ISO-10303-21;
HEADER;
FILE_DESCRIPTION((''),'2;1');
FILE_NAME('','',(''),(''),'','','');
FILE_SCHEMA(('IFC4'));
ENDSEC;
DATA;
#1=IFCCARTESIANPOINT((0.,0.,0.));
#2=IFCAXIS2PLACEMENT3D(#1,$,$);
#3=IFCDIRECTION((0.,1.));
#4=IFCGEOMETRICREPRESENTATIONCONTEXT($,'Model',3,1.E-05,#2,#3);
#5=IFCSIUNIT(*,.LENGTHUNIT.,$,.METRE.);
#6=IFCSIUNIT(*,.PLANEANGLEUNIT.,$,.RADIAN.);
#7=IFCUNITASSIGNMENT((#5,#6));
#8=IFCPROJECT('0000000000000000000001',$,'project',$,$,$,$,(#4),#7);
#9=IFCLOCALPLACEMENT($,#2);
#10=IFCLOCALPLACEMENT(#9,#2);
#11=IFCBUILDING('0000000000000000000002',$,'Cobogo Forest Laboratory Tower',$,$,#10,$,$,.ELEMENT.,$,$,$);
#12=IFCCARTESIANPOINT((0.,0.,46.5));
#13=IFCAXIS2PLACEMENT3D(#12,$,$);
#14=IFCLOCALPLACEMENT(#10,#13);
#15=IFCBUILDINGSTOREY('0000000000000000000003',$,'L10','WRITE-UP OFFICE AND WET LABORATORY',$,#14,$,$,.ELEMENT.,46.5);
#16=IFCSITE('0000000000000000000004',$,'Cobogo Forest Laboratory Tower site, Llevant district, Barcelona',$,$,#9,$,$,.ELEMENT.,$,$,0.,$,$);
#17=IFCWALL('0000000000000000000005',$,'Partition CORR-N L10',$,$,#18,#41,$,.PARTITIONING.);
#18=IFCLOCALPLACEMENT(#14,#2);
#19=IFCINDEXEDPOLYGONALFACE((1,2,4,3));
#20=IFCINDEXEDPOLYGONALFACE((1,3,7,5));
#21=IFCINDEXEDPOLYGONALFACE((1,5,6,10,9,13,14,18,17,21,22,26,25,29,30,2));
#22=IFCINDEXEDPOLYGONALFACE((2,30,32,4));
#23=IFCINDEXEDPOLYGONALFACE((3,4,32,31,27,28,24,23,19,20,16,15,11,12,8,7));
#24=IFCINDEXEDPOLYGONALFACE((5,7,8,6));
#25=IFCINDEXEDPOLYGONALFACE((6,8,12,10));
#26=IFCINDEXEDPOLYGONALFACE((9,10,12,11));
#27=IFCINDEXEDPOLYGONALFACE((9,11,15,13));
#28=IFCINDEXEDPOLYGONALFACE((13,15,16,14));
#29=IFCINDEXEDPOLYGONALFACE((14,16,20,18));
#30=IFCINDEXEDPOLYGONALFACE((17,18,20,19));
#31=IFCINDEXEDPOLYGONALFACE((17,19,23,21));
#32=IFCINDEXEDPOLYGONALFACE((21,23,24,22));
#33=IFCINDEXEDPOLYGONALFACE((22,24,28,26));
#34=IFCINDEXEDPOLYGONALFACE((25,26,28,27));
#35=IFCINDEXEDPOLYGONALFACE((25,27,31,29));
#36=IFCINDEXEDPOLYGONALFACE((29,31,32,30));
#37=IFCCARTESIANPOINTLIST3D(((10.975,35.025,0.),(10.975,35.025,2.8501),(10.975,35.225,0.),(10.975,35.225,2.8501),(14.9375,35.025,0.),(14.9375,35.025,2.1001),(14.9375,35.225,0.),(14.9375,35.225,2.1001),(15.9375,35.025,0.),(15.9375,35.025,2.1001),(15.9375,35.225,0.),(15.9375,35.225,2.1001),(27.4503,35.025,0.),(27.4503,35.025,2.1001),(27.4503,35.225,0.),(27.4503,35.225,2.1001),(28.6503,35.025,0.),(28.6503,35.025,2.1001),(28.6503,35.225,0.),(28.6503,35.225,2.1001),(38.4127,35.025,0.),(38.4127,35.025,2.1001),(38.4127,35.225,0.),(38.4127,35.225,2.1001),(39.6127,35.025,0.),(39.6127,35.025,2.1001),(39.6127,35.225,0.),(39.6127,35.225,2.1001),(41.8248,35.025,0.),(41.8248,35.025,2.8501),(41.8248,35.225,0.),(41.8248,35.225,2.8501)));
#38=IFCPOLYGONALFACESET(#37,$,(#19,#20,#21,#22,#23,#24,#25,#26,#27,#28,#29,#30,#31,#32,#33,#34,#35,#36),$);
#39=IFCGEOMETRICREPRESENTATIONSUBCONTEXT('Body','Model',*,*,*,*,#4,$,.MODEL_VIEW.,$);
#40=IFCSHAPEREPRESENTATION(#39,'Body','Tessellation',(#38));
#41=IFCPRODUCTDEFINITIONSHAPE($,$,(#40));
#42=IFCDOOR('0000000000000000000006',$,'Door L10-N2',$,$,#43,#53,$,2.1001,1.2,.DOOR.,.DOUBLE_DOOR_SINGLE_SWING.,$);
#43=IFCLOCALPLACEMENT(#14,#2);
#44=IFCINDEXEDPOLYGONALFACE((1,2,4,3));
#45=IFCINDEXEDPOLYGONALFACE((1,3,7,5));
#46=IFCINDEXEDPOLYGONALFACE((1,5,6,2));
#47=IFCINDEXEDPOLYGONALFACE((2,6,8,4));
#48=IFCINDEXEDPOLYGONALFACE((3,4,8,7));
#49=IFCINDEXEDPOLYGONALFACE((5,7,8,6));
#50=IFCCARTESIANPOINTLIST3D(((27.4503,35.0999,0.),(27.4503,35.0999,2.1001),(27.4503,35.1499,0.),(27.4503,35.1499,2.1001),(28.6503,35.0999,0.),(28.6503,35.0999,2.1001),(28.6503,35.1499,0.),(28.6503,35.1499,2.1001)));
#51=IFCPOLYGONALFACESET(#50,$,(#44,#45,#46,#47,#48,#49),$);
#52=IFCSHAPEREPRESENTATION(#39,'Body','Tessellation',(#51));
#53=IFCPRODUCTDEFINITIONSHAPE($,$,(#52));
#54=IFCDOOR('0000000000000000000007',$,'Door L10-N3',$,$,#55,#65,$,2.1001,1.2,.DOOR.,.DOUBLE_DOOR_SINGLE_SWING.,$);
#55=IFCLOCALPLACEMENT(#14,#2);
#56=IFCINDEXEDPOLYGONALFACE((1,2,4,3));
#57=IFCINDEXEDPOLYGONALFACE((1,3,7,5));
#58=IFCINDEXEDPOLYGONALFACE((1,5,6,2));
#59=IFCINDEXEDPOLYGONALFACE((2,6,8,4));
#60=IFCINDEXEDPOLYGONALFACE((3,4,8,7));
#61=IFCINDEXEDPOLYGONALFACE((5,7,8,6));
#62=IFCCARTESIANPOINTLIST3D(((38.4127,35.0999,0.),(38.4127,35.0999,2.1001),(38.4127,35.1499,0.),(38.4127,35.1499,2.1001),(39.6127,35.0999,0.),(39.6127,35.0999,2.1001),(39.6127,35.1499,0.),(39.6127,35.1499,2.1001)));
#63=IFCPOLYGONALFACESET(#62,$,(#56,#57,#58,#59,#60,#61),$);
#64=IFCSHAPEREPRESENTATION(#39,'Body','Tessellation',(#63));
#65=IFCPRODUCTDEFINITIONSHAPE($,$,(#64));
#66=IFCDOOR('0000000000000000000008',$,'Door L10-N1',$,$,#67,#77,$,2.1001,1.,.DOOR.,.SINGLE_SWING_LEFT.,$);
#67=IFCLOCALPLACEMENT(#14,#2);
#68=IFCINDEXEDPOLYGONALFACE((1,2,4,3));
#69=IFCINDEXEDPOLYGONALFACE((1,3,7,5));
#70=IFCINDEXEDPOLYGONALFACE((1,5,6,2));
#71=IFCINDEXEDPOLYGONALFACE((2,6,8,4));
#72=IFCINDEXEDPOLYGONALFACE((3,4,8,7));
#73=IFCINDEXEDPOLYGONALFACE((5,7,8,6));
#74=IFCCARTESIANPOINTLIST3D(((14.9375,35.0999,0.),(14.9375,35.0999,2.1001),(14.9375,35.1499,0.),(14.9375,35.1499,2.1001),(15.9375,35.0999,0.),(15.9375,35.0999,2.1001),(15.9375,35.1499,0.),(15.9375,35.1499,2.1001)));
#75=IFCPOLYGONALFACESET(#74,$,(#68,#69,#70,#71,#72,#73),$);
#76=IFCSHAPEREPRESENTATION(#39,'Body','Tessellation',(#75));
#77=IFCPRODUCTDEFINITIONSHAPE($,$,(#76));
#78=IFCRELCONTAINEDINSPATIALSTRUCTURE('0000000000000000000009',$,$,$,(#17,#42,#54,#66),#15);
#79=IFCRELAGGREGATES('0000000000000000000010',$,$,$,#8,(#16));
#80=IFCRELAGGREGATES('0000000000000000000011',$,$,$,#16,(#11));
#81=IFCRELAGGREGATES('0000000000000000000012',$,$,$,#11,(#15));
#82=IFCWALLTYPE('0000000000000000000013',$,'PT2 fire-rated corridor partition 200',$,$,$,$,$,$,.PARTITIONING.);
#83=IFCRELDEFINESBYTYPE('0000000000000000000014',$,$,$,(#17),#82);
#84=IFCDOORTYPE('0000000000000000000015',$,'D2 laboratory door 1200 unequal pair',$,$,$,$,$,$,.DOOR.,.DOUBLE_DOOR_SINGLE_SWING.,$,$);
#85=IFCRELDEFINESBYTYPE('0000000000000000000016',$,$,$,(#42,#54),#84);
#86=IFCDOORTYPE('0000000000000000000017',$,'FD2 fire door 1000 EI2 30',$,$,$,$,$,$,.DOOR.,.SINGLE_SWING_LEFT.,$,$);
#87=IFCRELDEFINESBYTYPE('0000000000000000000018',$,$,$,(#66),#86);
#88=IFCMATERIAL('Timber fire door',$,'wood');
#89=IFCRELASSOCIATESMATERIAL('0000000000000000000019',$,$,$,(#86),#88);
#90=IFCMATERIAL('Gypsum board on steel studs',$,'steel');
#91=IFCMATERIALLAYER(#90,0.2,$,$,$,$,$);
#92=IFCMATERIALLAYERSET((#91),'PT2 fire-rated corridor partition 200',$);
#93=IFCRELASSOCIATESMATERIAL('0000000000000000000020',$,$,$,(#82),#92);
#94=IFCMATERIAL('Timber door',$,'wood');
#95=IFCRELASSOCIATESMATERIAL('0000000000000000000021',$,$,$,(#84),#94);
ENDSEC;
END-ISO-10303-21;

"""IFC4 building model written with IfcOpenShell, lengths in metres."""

from ifc_helpers import new_model, si_unit, direction, frame, frame_2d, origin, place, context, subcontext, project, spatial, rectangle, extrude, material, layer, layer_set, type_object, element, fill, save


model = new_model("IFC4")

# Units and contexts
model_context = context("Model", 3, precision=1e-05, world=origin(), true_north=direction((0.0, 1.0)))
body_context = subcontext(model_context, "Body", "Model", "MODEL_VIEW")
ifc_project = project(units=[si_unit("LENGTHUNIT", "METRE"), si_unit("PLANEANGLEUNIT", "RADIAN")], contexts=[model_context])

# Site, building, storey
site_placement = place(None, origin())
site = spatial("IfcSite", under=ifc_project, at=site_placement, Name="Cobogo Forest Laboratory Tower site, Llevant district, Barcelona", CompositionType="ELEMENT", RefElevation=0.0)
building_placement = place(site_placement, origin())
building = spatial("IfcBuilding", under=site, at=building_placement, Name="Cobogo Forest Laboratory Tower", CompositionType="ELEMENT")
storey_placement = place(building_placement, frame((0.0, 0.0, 46.5)))
storey = spatial("IfcBuildingStorey", under=building, at=storey_placement, Name="L10", Description="WRITE-UP OFFICE AND WET LABORATORY", CompositionType="ELEMENT", Elevation=46.5)

# Shared definitions
ifc_material_1 = material(Name="Gypsum board on steel studs", Category="steel")
ifc_material_2 = material(Name="Timber fire door", Category="wood")
door_type_1 = type_object("IfcDoorType", Name="FD2 fire door 1000 EI2 30", OperationType="SINGLE_SWING_LEFT", PredefinedType="DOOR", material=ifc_material_2)

# Wall, openings, doors
ifc_layer_1 = layer(ifc_material_1, 0.2)
ifc_layer_set_1 = layer_set([ifc_layer_1], Name="PT2 fire-rated corridor partition 200")
wall_type_1 = type_object("IfcWallType", Name="PT2 fire-rated corridor partition 200", PredefinedType="PARTITIONING", material=ifc_layer_set_1)
wall_1_placement = place(storey_placement, frame((10.9751, 35.125, 0.0), z_axis=(0.0, 0.0, 1.0), x_axis=(1.0, 0.0, 0.0)))
wall_1 = element("IfcWall", 1, at=wall_1_placement, inside=storey, type_object=wall_type_1, Name="Partition CORR-N L10", PredefinedType="PARTITIONING", context=body_context, shape_type="SweptSolid", body=[
    extrude(rectangle(XDim=30.8499, YDim=0.2, at=frame_2d((15.4248, 0.0))), origin(), (0.0, 0.0, 1.0), 2.8501),
])
opening_1_placement = place(wall_1_placement, frame((3.9624, 0.0, 0.0)))
opening_1 = element("IfcOpeningElement", 2, at=opening_1_placement, cuts=wall_1, PredefinedType="OPENING", context=body_context, shape_type="SweptSolid", body=[
    extrude(rectangle(XDim=1.0, YDim=2.1001, at=frame_2d((0.5, 1.05))), frame((0.0, 0.1099, 0.0), z_axis=(0.0, -1.0, 0.0), x_axis=(1.0, 0.0, 0.0)), (0.0, 0.0, 1.0), 0.22),
])
opening_2_placement = place(wall_1_placement, frame((16.4751, 0.0, 0.0)))
opening_2 = element("IfcOpeningElement", 3, at=opening_2_placement, cuts=wall_1, PredefinedType="OPENING", context=body_context, shape_type="SweptSolid", body=[
    extrude(rectangle(XDim=1.2, YDim=2.1001, at=frame_2d((0.6001, 1.05))), frame((0.0, 0.1099, 0.0), z_axis=(0.0, -1.0, 0.0), x_axis=(1.0, 0.0, 0.0)), (0.0, 0.0, 1.0), 0.22),
])
opening_3_placement = place(wall_1_placement, frame((27.4375, 0.0, 0.0)))
opening_3 = element("IfcOpeningElement", 4, at=opening_3_placement, cuts=wall_1, PredefinedType="OPENING", context=body_context, shape_type="SweptSolid", body=[
    extrude(rectangle(XDim=1.2, YDim=2.1001, at=frame_2d((0.6001, 1.05))), frame((0.0, 0.1099, 0.0), z_axis=(0.0, -1.0, 0.0), x_axis=(1.0, 0.0, 0.0)), (0.0, 0.0, 1.0), 0.22),
])
ifc_material_3 = material(Name="Timber door", Category="wood")
door_type_2 = type_object("IfcDoorType", Name="D2 laboratory door 1200 unequal pair", OperationType="DOUBLE_DOOR_SINGLE_SWING", PredefinedType="DOOR", material=ifc_material_3)
door_1_placement = place(opening_2_placement, origin())
door_1 = element("IfcDoor", 5, at=door_1_placement, inside=storey, type_object=door_type_2, Name="Door L10-N2", OperationType="DOUBLE_DOOR_SINGLE_SWING", OverallHeight=2.1001, OverallWidth=1.2, PredefinedType="DOOR", context=body_context, shape_type="SweptSolid", body=[
    extrude(rectangle(XDim=1.2, YDim=2.1001, at=frame_2d((0.6001, 1.05))), frame((0.0, 0.0249, 0.0), z_axis=(0.0, -1.0, 0.0), x_axis=(1.0, 0.0, 0.0)), (0.0, 0.0, 1.0), 0.05),
])
fill(opening_2, door_1)
door_2_placement = place(opening_3_placement, origin())
door_2 = element("IfcDoor", 6, at=door_2_placement, inside=storey, type_object=door_type_2, Name="Door L10-N3", OperationType="DOUBLE_DOOR_SINGLE_SWING", OverallHeight=2.1001, OverallWidth=1.2, PredefinedType="DOOR", context=body_context, shape_type="SweptSolid", body=[
    extrude(rectangle(XDim=1.2, YDim=2.1001, at=frame_2d((0.6001, 1.05))), frame((0.0, 0.0249, 0.0), z_axis=(0.0, -1.0, 0.0), x_axis=(1.0, 0.0, 0.0)), (0.0, 0.0, 1.0), 0.05),
])
fill(opening_3, door_2)
door_3_placement = place(opening_1_placement, origin())
door_3 = element("IfcDoor", 7, at=door_3_placement, inside=storey, type_object=door_type_1, Name="Door L10-N1", OperationType="SINGLE_SWING_LEFT", OverallHeight=2.1001, OverallWidth=1.0, PredefinedType="DOOR", context=body_context, shape_type="SweptSolid", body=[
    extrude(rectangle(XDim=1.0, YDim=2.1001, at=frame_2d((0.5, 1.05))), frame((0.0, 0.0249, 0.0), z_axis=(0.0, -1.0, 0.0), x_axis=(1.0, 0.0, 0.0)), (0.0, 0.0, 1.0), 0.05),
])
fill(opening_1, door_3)

save(model, "model.ifc")
